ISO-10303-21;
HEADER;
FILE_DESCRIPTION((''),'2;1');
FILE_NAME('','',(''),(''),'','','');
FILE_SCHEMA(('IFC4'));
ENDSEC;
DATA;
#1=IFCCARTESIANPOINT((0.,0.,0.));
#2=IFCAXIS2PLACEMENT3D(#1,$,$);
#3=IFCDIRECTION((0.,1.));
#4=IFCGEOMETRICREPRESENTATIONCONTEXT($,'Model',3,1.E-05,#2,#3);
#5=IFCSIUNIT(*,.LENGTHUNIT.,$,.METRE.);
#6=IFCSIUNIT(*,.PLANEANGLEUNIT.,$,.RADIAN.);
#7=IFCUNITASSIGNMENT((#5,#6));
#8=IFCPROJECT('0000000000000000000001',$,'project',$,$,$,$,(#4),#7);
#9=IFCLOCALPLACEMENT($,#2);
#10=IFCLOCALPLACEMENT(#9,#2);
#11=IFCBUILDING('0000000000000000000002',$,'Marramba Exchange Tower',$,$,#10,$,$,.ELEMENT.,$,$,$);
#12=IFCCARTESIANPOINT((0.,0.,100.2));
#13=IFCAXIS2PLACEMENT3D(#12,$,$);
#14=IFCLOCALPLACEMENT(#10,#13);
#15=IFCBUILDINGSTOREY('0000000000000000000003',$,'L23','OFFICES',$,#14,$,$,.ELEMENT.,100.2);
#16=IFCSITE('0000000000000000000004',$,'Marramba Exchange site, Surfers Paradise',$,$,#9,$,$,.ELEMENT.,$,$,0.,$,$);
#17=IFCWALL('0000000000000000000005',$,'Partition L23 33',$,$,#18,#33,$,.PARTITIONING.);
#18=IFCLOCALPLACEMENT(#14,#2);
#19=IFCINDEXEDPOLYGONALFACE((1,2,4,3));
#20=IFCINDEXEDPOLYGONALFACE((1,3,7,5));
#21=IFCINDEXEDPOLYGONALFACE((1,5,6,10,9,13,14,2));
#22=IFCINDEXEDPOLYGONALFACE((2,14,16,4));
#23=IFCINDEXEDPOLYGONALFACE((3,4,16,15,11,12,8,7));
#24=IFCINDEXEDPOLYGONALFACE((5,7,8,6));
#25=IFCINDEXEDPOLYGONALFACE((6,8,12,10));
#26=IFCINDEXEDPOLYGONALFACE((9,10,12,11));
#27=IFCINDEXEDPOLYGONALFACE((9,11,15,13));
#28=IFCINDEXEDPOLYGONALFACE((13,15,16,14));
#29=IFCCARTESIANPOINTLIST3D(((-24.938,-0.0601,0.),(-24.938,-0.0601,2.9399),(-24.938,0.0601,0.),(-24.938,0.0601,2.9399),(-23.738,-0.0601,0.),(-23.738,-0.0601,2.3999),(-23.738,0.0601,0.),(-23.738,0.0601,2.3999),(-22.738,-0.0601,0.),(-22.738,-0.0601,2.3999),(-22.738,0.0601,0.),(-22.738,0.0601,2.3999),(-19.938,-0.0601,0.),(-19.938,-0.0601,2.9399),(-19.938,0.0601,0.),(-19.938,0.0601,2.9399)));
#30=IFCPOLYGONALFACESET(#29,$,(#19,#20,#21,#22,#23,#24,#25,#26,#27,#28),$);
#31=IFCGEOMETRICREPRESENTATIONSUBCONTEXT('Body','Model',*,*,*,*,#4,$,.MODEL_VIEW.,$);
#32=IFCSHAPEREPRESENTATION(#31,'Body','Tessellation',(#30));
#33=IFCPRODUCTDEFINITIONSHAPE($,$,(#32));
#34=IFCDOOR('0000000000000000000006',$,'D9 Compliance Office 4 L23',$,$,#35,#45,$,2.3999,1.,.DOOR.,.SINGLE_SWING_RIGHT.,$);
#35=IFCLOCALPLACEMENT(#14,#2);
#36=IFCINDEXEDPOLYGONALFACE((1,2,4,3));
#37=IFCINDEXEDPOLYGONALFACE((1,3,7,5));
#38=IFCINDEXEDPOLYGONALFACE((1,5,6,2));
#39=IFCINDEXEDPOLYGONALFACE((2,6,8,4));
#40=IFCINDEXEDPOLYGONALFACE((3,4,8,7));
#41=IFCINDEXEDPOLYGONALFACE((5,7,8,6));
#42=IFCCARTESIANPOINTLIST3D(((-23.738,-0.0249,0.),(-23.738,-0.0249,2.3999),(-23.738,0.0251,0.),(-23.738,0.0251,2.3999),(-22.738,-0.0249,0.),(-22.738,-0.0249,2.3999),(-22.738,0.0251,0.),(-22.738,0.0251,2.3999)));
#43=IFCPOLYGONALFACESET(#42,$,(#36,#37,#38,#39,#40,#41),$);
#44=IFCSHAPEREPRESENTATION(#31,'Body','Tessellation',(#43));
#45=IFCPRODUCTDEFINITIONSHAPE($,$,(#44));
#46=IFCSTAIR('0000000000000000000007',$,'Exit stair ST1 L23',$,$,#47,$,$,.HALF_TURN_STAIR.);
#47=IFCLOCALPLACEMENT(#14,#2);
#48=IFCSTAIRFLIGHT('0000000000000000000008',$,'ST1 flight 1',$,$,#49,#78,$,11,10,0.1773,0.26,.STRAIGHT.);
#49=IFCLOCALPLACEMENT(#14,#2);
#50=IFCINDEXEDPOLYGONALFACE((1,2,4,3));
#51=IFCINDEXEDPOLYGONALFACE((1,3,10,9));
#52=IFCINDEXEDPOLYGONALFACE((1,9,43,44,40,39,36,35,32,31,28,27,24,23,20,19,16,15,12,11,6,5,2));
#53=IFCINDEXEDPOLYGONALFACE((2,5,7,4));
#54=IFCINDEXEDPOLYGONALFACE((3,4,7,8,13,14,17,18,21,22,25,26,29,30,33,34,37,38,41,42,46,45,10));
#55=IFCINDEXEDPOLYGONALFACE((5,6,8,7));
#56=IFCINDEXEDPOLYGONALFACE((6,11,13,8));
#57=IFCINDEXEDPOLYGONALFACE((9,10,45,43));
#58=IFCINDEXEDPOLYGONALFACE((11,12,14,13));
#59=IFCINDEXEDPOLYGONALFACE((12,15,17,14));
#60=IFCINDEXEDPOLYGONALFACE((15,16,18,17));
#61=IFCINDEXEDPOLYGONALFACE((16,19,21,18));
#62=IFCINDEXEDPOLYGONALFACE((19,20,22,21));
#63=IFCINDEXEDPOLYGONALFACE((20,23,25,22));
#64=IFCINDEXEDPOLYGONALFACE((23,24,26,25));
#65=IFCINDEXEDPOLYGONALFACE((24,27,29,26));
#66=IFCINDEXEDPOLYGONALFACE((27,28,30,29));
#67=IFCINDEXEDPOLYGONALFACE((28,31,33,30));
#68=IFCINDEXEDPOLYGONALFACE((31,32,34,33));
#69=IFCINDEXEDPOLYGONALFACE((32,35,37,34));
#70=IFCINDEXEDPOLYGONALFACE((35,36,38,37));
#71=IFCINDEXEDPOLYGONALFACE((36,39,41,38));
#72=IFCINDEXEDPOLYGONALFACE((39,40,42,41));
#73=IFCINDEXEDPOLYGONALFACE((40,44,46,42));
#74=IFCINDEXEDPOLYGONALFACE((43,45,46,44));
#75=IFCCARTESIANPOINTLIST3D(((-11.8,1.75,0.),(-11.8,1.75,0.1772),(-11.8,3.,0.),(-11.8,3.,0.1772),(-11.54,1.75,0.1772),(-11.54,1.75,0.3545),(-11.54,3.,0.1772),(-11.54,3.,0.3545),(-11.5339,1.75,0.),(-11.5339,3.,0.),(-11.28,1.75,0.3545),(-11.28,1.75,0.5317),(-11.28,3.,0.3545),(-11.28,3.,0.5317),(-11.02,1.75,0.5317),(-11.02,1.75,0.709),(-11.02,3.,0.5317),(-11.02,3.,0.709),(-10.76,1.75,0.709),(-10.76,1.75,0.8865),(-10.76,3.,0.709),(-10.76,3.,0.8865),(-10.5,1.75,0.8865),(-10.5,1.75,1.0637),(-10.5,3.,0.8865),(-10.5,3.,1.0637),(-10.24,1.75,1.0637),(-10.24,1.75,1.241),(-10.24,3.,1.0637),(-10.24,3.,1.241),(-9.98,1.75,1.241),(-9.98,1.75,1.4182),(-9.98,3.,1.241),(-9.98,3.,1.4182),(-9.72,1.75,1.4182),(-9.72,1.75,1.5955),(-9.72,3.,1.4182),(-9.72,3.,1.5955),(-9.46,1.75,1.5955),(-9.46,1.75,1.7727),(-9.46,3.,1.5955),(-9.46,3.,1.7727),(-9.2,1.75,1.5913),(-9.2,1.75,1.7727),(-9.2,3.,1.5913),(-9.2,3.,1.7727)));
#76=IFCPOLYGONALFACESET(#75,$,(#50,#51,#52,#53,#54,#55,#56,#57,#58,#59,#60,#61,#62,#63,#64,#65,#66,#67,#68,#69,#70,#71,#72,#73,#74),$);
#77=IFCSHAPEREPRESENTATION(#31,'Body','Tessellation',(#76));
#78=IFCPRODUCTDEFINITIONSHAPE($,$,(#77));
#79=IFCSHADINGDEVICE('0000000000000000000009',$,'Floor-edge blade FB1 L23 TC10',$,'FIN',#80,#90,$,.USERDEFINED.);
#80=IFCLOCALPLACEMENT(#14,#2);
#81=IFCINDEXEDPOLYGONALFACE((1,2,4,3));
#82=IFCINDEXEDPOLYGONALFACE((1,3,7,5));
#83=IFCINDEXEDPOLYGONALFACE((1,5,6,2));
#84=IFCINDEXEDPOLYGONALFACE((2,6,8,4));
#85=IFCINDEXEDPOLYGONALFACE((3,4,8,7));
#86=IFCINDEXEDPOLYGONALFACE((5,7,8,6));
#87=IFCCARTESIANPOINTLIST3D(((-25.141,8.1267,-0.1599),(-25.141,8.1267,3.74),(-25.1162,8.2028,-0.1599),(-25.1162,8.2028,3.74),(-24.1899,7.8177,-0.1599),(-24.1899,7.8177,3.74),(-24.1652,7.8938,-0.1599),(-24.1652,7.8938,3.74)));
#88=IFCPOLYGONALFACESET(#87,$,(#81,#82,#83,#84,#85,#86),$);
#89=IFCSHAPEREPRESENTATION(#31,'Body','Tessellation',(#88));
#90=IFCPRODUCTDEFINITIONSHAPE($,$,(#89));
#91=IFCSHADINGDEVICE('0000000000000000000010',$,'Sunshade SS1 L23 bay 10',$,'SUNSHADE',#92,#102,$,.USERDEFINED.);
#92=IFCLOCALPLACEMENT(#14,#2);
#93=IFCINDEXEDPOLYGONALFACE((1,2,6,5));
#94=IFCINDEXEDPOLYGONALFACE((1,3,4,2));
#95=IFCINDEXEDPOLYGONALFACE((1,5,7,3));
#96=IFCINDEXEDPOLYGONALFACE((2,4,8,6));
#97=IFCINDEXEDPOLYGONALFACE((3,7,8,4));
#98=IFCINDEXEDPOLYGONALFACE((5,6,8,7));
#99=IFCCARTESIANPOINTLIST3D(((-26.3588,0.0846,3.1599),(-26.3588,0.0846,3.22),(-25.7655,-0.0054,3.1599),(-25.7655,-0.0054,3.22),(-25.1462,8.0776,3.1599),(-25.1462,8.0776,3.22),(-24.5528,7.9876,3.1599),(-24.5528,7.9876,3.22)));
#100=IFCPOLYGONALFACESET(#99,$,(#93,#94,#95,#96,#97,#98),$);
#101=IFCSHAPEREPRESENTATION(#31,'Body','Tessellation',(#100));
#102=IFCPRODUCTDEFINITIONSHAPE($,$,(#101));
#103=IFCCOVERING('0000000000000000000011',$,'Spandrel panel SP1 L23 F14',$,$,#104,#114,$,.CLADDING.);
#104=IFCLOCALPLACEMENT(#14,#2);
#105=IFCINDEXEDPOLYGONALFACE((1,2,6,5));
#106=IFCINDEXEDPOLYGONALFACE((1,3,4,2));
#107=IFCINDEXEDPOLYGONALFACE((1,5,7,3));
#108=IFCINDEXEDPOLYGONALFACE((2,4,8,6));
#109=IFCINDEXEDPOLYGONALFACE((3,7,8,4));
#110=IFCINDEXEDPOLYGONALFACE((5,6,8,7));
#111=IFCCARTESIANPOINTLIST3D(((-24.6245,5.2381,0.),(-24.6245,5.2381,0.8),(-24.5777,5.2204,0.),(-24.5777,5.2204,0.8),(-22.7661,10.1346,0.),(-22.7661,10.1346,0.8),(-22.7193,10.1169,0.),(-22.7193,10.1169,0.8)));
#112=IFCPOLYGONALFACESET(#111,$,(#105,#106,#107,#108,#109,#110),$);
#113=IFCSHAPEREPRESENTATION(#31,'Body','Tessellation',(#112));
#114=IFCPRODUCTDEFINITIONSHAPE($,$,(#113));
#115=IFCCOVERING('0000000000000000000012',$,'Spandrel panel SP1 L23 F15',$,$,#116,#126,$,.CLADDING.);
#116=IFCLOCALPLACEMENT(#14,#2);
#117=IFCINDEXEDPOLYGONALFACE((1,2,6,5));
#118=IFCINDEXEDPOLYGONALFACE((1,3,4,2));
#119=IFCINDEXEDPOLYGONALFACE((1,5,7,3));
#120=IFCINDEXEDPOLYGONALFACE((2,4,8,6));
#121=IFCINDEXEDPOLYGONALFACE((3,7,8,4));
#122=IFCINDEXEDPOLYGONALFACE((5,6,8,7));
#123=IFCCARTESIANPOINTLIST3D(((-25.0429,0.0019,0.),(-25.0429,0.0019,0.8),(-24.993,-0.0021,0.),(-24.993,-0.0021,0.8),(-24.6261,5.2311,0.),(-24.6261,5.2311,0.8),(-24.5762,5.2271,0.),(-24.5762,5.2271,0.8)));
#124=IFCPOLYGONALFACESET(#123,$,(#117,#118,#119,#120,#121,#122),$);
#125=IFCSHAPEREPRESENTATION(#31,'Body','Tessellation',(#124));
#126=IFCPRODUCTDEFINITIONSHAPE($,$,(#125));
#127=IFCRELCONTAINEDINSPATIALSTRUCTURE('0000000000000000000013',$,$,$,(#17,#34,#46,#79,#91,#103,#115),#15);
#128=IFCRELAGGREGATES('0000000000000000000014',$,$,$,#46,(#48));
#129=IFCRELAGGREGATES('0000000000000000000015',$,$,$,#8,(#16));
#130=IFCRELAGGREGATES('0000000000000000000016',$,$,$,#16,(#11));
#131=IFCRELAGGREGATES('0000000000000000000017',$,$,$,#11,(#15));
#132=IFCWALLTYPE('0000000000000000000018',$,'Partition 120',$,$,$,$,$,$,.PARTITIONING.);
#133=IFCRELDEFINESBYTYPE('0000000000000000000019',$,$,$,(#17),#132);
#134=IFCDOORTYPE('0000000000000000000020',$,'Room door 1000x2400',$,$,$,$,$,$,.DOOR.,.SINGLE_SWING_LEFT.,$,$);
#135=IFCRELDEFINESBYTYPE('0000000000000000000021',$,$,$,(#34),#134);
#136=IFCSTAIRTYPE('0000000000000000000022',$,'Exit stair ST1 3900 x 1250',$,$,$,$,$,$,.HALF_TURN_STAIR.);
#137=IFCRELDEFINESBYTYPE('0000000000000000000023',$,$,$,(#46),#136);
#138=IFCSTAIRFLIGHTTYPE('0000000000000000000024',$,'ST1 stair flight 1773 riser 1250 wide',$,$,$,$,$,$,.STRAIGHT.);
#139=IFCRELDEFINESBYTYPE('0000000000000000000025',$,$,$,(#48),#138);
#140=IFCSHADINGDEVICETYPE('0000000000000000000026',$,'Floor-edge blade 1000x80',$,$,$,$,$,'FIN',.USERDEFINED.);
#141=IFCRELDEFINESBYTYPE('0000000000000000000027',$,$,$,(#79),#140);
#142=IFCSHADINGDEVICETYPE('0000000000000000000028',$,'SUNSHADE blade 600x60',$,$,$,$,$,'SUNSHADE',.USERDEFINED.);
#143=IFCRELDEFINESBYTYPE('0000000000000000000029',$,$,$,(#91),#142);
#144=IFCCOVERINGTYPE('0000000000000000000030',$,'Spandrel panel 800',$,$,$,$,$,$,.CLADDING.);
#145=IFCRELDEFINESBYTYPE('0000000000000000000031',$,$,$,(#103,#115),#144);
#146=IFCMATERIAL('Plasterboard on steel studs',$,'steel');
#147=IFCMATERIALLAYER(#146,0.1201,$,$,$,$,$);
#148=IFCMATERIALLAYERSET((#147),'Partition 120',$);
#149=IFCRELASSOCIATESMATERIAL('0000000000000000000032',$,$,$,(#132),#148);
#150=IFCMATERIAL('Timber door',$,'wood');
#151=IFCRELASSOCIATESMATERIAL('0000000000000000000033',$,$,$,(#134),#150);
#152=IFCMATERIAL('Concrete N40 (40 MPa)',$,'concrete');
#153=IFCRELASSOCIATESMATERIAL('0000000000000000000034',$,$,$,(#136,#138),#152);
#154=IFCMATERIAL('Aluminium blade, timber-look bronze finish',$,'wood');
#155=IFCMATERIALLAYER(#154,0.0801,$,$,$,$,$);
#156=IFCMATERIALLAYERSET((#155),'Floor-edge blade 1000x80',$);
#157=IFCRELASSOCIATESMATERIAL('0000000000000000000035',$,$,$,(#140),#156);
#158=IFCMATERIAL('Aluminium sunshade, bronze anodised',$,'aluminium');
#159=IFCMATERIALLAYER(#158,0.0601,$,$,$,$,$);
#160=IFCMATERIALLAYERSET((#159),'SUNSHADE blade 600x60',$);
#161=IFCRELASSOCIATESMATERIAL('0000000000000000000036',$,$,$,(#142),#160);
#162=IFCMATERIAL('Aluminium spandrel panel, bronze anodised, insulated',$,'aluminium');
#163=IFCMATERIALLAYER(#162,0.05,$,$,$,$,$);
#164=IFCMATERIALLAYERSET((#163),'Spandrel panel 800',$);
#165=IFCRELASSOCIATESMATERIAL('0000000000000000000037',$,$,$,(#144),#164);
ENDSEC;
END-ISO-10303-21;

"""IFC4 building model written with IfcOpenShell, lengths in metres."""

from ifc_helpers import new_model, si_unit, direction, frame, frame_2d, origin, origin_2d, place, context, subcontext, project, spatial, polyline, rectangle, outline, extrude, material, layer, layer_set, type_object, element, fill, aggregate, save


model = new_model("IFC4")

# Units and contexts
model_context = context("Model", 3, precision=1e-05, world=origin(), true_north=direction((0.0, 1.0)))
body_context = subcontext(model_context, "Body", "Model", "MODEL_VIEW")
ifc_project = project(units=[si_unit("LENGTHUNIT", "METRE"), si_unit("PLANEANGLEUNIT", "RADIAN")], contexts=[model_context])

# Site, building, storey
site_placement = place(None, origin())
site = spatial("IfcSite", under=ifc_project, at=site_placement, Name="Marramba Exchange site, Surfers Paradise", CompositionType="ELEMENT", RefElevation=0.0)
building_placement = place(site_placement, origin())
building = spatial("IfcBuilding", under=site, at=building_placement, Name="Marramba Exchange Tower", CompositionType="ELEMENT")
storey_placement = place(building_placement, frame((0.0, 0.0, 100.2)))
storey = spatial("IfcBuildingStorey", under=building, at=storey_placement, Name="L23", Description="OFFICES", CompositionType="ELEMENT", Elevation=100.2)

# Wall, opening, door
ifc_material_1 = material(Name="Plasterboard on steel studs", Category="steel")
ifc_layer_1 = layer(ifc_material_1, 0.1201)
ifc_layer_set_1 = layer_set([ifc_layer_1], Name="Partition 120")
wall_type_1 = type_object("IfcWallType", Name="Partition 120", PredefinedType="PARTITIONING", material=ifc_layer_set_1)
wall_1_placement = place(storey_placement, frame((-19.938, 0.0, 0.0), z_axis=(0.0, 0.0, 1.0), x_axis=(-1.0, 0.0, 0.0)))
wall_1 = element("IfcWall", 1, at=wall_1_placement, inside=storey, type_object=wall_type_1, Name="Partition L23 33", PredefinedType="PARTITIONING", context=body_context, shape_type="SweptSolid", body=[
    extrude(rectangle(XDim=5.0, YDim=0.1201, at=frame_2d((2.5, 0.0))), origin(), (0.0, 0.0, 1.0), 2.9399),
])
opening_1_placement = place(wall_1_placement, frame((2.8, 0.0, 0.0)))
opening_1 = element("IfcOpeningElement", 2, at=opening_1_placement, cuts=wall_1, PredefinedType="OPENING", context=body_context, shape_type="SweptSolid", body=[
    extrude(rectangle(XDim=1.0, YDim=2.3999, at=frame_2d((0.5, 1.2))), frame((0.0, 0.0701, 0.0), z_axis=(0.0, -1.0, 0.0), x_axis=(1.0, 0.0, 0.0)), (0.0, 0.0, 1.0), 0.1401),
])
ifc_material_2 = material(Name="Timber door", Category="wood")
door_type_1 = type_object("IfcDoorType", Name="Room door 1000x2400", OperationType="SINGLE_SWING_LEFT", PredefinedType="DOOR", material=ifc_material_2)
door_1_placement = place(opening_1_placement, origin())
door_1 = element("IfcDoor", 3, at=door_1_placement, inside=storey, type_object=door_type_1, Name="D9 Compliance Office 4 L23", OperationType="SINGLE_SWING_RIGHT", OverallHeight=2.3999, OverallWidth=1.0, PredefinedType="DOOR", context=body_context, shape_type="SweptSolid", body=[
    extrude(rectangle(XDim=1.0, YDim=2.3999, at=frame_2d((0.5, 1.2))), frame((0.0, 0.0249, 0.0), z_axis=(0.0, -1.0, 0.0), x_axis=(1.0, 0.0, 0.0)), (0.0, 0.0, 1.0), 0.05),
])
fill(opening_1, door_1)

# Stair, stair flight
ifc_material_3 = material(Name="Concrete N40 (40 MPa)", Category="concrete")
stair_type = type_object("IfcStairType", Name="Exit stair ST1 3900 x 1250", PredefinedType="HALF_TURN_STAIR", material=ifc_material_3)
stair_placement = place(storey_placement, origin())
stair = element("IfcStair", 4, at=stair_placement, inside=storey, type_object=stair_type, Name="Exit stair ST1 L23", PredefinedType="HALF_TURN_STAIR")
stair_flight_type = type_object("IfcStairFlightType", Name="ST1 stair flight 1773 riser 1250 wide", PredefinedType="STRAIGHT", material=ifc_material_3)
stair_flight_placement = place(storey_placement, frame((-11.8, 2.375, 0.0), z_axis=(0.0, 0.0, 1.0), x_axis=(1.0, 0.0, 0.0)))
stair_flight = element("IfcStairFlight", 5, at=stair_flight_placement, type_object=stair_flight_type, Name="ST1 flight 1", NumberOfRisers=11, NumberOfTreads=10, PredefinedType="STRAIGHT", RiserHeight=0.1773, TreadLength=0.26, context=body_context, shape_type="SweptSolid", body=[
    extrude(outline(polyline([(0.0, 0.0), (0.0, 0.1772), (0.26, 0.1772), (0.26, 0.3545), (0.52, 0.3545), (0.52, 0.5317), (0.78, 0.5317), (0.78, 0.709), (1.04, 0.709), (1.04, 0.8865), (1.3, 0.8865), (1.3, 1.0637), (1.5601, 1.0637), (1.5601, 1.241), (1.8201, 1.241), (1.8201, 1.4182), (2.0801, 1.4182), (2.0801, 1.5955), (2.3401, 1.5955), (2.3401, 1.7727), (2.6001, 1.7727), (2.6001, 1.95), (2.6001, 1.5913), (0.2661, 0.0), (0.0, 0.0)])), frame((0.0, 0.625, 0.0), z_axis=(0.0, -1.0, 0.0), x_axis=(1.0, 0.0, 0.0)), (0.0, 0.0, 1.0), 1.25),
])
aggregate(stair, [stair_flight])

# Shading devices
ifc_material_4 = material(Name="Aluminium blade, timber-look bronze finish", Category="wood")
ifc_layer_2 = layer(ifc_material_4, 0.0801)
ifc_layer_set_2 = layer_set([ifc_layer_2], Name="Floor-edge blade 1000x80")
shading_device_type_1 = type_object("IfcShadingDeviceType", Name="Floor-edge blade 1000x80", ElementType="FIN", PredefinedType="USERDEFINED", material=ifc_layer_set_2)
shading_device_1_placement = place(storey_placement, frame((-24.6531, 8.0103, -0.1599), z_axis=(0.0, 0.0, 1.0), x_axis=(-0.951057, 0.309017, 0.0)))
element("IfcShadingDevice", 6, at=shading_device_1_placement, inside=storey, type_object=shading_device_type_1, Name="Floor-edge blade FB1 L23 TC10", ObjectType="FIN", PredefinedType="USERDEFINED", context=body_context, shape_type="SweptSolid", body=[
    extrude(rectangle(XDim=1.0, YDim=0.0801, at=origin_2d()), origin(), (0.0, 0.0, 1.0), 3.8999),
])
ifc_material_5 = material(Name="Aluminium sunshade, bronze anodised", Category="aluminium")
ifc_layer_3 = layer(ifc_material_5, 0.0601)
ifc_layer_set_3 = layer_set([ifc_layer_3], Name="SUNSHADE blade 600x60")
shading_device_type_2 = type_object("IfcShadingDeviceType", Name="SUNSHADE blade 600x60", ElementType="SUNSHADE", PredefinedType="USERDEFINED", material=ifc_layer_set_3)
shading_device_2_placement = place(storey_placement, frame((-25.4558, 4.0361, 3.1599), z_axis=(0.0, 0.0, 1.0), x_axis=(-0.149993, -0.988687, 0.0)))
element("IfcShadingDevice", 7, at=shading_device_2_placement, inside=storey, type_object=shading_device_type_2, Name="Sunshade SS1 L23 bay 10", ObjectType="SUNSHADE", PredefinedType="USERDEFINED", context=body_context, shape_type="SweptSolid", body=[
    extrude(rectangle(XDim=8.0845, YDim=0.6001, at=origin_2d()), origin(), (0.0, 0.0, 1.0), 0.0601),
])

# Coverings
ifc_material_6 = material(Name="Aluminium spandrel panel, bronze anodised, insulated", Category="aluminium")
ifc_layer_4 = layer(ifc_material_6, 0.05)
ifc_layer_set_4 = layer_set([ifc_layer_4], Name="Spandrel panel 800")
covering_type = type_object("IfcCoveringType", Name="Spandrel panel 800", PredefinedType="CLADDING", material=ifc_layer_set_4)
covering_1_placement = place(storey_placement, frame((-23.6719, 7.6775, 0.0), z_axis=(0.0, 0.0, 1.0), x_axis=(-0.354844, -0.934925, 0.0)))
element("IfcCovering", 8, at=covering_1_placement, inside=storey, type_object=covering_type, Name="Spandrel panel SP1 L23 F14", PredefinedType="CLADDING", context=body_context, shape_type="SweptSolid", body=[
    extrude(rectangle(XDim=5.2373, YDim=0.05, at=origin_2d()), origin(), (0.0, 0.0, 1.0), 0.8),
])
covering_2_placement = place(storey_placement, frame((-24.8096, 2.6145, 0.0), z_axis=(0.0, 0.0, 1.0), x_axis=(-0.07946, -0.996838, 0.0)))
element("IfcCovering", 9, at=covering_2_placement, inside=storey, type_object=covering_type, Name="Spandrel panel SP1 L23 F15", PredefinedType="CLADDING", context=body_context, shape_type="SweptSolid", body=[
    extrude(rectangle(XDim=5.2458, YDim=0.05, at=origin_2d()), origin(), (0.0, 0.0, 1.0), 0.8),
])

save(model, "model.ifc")
